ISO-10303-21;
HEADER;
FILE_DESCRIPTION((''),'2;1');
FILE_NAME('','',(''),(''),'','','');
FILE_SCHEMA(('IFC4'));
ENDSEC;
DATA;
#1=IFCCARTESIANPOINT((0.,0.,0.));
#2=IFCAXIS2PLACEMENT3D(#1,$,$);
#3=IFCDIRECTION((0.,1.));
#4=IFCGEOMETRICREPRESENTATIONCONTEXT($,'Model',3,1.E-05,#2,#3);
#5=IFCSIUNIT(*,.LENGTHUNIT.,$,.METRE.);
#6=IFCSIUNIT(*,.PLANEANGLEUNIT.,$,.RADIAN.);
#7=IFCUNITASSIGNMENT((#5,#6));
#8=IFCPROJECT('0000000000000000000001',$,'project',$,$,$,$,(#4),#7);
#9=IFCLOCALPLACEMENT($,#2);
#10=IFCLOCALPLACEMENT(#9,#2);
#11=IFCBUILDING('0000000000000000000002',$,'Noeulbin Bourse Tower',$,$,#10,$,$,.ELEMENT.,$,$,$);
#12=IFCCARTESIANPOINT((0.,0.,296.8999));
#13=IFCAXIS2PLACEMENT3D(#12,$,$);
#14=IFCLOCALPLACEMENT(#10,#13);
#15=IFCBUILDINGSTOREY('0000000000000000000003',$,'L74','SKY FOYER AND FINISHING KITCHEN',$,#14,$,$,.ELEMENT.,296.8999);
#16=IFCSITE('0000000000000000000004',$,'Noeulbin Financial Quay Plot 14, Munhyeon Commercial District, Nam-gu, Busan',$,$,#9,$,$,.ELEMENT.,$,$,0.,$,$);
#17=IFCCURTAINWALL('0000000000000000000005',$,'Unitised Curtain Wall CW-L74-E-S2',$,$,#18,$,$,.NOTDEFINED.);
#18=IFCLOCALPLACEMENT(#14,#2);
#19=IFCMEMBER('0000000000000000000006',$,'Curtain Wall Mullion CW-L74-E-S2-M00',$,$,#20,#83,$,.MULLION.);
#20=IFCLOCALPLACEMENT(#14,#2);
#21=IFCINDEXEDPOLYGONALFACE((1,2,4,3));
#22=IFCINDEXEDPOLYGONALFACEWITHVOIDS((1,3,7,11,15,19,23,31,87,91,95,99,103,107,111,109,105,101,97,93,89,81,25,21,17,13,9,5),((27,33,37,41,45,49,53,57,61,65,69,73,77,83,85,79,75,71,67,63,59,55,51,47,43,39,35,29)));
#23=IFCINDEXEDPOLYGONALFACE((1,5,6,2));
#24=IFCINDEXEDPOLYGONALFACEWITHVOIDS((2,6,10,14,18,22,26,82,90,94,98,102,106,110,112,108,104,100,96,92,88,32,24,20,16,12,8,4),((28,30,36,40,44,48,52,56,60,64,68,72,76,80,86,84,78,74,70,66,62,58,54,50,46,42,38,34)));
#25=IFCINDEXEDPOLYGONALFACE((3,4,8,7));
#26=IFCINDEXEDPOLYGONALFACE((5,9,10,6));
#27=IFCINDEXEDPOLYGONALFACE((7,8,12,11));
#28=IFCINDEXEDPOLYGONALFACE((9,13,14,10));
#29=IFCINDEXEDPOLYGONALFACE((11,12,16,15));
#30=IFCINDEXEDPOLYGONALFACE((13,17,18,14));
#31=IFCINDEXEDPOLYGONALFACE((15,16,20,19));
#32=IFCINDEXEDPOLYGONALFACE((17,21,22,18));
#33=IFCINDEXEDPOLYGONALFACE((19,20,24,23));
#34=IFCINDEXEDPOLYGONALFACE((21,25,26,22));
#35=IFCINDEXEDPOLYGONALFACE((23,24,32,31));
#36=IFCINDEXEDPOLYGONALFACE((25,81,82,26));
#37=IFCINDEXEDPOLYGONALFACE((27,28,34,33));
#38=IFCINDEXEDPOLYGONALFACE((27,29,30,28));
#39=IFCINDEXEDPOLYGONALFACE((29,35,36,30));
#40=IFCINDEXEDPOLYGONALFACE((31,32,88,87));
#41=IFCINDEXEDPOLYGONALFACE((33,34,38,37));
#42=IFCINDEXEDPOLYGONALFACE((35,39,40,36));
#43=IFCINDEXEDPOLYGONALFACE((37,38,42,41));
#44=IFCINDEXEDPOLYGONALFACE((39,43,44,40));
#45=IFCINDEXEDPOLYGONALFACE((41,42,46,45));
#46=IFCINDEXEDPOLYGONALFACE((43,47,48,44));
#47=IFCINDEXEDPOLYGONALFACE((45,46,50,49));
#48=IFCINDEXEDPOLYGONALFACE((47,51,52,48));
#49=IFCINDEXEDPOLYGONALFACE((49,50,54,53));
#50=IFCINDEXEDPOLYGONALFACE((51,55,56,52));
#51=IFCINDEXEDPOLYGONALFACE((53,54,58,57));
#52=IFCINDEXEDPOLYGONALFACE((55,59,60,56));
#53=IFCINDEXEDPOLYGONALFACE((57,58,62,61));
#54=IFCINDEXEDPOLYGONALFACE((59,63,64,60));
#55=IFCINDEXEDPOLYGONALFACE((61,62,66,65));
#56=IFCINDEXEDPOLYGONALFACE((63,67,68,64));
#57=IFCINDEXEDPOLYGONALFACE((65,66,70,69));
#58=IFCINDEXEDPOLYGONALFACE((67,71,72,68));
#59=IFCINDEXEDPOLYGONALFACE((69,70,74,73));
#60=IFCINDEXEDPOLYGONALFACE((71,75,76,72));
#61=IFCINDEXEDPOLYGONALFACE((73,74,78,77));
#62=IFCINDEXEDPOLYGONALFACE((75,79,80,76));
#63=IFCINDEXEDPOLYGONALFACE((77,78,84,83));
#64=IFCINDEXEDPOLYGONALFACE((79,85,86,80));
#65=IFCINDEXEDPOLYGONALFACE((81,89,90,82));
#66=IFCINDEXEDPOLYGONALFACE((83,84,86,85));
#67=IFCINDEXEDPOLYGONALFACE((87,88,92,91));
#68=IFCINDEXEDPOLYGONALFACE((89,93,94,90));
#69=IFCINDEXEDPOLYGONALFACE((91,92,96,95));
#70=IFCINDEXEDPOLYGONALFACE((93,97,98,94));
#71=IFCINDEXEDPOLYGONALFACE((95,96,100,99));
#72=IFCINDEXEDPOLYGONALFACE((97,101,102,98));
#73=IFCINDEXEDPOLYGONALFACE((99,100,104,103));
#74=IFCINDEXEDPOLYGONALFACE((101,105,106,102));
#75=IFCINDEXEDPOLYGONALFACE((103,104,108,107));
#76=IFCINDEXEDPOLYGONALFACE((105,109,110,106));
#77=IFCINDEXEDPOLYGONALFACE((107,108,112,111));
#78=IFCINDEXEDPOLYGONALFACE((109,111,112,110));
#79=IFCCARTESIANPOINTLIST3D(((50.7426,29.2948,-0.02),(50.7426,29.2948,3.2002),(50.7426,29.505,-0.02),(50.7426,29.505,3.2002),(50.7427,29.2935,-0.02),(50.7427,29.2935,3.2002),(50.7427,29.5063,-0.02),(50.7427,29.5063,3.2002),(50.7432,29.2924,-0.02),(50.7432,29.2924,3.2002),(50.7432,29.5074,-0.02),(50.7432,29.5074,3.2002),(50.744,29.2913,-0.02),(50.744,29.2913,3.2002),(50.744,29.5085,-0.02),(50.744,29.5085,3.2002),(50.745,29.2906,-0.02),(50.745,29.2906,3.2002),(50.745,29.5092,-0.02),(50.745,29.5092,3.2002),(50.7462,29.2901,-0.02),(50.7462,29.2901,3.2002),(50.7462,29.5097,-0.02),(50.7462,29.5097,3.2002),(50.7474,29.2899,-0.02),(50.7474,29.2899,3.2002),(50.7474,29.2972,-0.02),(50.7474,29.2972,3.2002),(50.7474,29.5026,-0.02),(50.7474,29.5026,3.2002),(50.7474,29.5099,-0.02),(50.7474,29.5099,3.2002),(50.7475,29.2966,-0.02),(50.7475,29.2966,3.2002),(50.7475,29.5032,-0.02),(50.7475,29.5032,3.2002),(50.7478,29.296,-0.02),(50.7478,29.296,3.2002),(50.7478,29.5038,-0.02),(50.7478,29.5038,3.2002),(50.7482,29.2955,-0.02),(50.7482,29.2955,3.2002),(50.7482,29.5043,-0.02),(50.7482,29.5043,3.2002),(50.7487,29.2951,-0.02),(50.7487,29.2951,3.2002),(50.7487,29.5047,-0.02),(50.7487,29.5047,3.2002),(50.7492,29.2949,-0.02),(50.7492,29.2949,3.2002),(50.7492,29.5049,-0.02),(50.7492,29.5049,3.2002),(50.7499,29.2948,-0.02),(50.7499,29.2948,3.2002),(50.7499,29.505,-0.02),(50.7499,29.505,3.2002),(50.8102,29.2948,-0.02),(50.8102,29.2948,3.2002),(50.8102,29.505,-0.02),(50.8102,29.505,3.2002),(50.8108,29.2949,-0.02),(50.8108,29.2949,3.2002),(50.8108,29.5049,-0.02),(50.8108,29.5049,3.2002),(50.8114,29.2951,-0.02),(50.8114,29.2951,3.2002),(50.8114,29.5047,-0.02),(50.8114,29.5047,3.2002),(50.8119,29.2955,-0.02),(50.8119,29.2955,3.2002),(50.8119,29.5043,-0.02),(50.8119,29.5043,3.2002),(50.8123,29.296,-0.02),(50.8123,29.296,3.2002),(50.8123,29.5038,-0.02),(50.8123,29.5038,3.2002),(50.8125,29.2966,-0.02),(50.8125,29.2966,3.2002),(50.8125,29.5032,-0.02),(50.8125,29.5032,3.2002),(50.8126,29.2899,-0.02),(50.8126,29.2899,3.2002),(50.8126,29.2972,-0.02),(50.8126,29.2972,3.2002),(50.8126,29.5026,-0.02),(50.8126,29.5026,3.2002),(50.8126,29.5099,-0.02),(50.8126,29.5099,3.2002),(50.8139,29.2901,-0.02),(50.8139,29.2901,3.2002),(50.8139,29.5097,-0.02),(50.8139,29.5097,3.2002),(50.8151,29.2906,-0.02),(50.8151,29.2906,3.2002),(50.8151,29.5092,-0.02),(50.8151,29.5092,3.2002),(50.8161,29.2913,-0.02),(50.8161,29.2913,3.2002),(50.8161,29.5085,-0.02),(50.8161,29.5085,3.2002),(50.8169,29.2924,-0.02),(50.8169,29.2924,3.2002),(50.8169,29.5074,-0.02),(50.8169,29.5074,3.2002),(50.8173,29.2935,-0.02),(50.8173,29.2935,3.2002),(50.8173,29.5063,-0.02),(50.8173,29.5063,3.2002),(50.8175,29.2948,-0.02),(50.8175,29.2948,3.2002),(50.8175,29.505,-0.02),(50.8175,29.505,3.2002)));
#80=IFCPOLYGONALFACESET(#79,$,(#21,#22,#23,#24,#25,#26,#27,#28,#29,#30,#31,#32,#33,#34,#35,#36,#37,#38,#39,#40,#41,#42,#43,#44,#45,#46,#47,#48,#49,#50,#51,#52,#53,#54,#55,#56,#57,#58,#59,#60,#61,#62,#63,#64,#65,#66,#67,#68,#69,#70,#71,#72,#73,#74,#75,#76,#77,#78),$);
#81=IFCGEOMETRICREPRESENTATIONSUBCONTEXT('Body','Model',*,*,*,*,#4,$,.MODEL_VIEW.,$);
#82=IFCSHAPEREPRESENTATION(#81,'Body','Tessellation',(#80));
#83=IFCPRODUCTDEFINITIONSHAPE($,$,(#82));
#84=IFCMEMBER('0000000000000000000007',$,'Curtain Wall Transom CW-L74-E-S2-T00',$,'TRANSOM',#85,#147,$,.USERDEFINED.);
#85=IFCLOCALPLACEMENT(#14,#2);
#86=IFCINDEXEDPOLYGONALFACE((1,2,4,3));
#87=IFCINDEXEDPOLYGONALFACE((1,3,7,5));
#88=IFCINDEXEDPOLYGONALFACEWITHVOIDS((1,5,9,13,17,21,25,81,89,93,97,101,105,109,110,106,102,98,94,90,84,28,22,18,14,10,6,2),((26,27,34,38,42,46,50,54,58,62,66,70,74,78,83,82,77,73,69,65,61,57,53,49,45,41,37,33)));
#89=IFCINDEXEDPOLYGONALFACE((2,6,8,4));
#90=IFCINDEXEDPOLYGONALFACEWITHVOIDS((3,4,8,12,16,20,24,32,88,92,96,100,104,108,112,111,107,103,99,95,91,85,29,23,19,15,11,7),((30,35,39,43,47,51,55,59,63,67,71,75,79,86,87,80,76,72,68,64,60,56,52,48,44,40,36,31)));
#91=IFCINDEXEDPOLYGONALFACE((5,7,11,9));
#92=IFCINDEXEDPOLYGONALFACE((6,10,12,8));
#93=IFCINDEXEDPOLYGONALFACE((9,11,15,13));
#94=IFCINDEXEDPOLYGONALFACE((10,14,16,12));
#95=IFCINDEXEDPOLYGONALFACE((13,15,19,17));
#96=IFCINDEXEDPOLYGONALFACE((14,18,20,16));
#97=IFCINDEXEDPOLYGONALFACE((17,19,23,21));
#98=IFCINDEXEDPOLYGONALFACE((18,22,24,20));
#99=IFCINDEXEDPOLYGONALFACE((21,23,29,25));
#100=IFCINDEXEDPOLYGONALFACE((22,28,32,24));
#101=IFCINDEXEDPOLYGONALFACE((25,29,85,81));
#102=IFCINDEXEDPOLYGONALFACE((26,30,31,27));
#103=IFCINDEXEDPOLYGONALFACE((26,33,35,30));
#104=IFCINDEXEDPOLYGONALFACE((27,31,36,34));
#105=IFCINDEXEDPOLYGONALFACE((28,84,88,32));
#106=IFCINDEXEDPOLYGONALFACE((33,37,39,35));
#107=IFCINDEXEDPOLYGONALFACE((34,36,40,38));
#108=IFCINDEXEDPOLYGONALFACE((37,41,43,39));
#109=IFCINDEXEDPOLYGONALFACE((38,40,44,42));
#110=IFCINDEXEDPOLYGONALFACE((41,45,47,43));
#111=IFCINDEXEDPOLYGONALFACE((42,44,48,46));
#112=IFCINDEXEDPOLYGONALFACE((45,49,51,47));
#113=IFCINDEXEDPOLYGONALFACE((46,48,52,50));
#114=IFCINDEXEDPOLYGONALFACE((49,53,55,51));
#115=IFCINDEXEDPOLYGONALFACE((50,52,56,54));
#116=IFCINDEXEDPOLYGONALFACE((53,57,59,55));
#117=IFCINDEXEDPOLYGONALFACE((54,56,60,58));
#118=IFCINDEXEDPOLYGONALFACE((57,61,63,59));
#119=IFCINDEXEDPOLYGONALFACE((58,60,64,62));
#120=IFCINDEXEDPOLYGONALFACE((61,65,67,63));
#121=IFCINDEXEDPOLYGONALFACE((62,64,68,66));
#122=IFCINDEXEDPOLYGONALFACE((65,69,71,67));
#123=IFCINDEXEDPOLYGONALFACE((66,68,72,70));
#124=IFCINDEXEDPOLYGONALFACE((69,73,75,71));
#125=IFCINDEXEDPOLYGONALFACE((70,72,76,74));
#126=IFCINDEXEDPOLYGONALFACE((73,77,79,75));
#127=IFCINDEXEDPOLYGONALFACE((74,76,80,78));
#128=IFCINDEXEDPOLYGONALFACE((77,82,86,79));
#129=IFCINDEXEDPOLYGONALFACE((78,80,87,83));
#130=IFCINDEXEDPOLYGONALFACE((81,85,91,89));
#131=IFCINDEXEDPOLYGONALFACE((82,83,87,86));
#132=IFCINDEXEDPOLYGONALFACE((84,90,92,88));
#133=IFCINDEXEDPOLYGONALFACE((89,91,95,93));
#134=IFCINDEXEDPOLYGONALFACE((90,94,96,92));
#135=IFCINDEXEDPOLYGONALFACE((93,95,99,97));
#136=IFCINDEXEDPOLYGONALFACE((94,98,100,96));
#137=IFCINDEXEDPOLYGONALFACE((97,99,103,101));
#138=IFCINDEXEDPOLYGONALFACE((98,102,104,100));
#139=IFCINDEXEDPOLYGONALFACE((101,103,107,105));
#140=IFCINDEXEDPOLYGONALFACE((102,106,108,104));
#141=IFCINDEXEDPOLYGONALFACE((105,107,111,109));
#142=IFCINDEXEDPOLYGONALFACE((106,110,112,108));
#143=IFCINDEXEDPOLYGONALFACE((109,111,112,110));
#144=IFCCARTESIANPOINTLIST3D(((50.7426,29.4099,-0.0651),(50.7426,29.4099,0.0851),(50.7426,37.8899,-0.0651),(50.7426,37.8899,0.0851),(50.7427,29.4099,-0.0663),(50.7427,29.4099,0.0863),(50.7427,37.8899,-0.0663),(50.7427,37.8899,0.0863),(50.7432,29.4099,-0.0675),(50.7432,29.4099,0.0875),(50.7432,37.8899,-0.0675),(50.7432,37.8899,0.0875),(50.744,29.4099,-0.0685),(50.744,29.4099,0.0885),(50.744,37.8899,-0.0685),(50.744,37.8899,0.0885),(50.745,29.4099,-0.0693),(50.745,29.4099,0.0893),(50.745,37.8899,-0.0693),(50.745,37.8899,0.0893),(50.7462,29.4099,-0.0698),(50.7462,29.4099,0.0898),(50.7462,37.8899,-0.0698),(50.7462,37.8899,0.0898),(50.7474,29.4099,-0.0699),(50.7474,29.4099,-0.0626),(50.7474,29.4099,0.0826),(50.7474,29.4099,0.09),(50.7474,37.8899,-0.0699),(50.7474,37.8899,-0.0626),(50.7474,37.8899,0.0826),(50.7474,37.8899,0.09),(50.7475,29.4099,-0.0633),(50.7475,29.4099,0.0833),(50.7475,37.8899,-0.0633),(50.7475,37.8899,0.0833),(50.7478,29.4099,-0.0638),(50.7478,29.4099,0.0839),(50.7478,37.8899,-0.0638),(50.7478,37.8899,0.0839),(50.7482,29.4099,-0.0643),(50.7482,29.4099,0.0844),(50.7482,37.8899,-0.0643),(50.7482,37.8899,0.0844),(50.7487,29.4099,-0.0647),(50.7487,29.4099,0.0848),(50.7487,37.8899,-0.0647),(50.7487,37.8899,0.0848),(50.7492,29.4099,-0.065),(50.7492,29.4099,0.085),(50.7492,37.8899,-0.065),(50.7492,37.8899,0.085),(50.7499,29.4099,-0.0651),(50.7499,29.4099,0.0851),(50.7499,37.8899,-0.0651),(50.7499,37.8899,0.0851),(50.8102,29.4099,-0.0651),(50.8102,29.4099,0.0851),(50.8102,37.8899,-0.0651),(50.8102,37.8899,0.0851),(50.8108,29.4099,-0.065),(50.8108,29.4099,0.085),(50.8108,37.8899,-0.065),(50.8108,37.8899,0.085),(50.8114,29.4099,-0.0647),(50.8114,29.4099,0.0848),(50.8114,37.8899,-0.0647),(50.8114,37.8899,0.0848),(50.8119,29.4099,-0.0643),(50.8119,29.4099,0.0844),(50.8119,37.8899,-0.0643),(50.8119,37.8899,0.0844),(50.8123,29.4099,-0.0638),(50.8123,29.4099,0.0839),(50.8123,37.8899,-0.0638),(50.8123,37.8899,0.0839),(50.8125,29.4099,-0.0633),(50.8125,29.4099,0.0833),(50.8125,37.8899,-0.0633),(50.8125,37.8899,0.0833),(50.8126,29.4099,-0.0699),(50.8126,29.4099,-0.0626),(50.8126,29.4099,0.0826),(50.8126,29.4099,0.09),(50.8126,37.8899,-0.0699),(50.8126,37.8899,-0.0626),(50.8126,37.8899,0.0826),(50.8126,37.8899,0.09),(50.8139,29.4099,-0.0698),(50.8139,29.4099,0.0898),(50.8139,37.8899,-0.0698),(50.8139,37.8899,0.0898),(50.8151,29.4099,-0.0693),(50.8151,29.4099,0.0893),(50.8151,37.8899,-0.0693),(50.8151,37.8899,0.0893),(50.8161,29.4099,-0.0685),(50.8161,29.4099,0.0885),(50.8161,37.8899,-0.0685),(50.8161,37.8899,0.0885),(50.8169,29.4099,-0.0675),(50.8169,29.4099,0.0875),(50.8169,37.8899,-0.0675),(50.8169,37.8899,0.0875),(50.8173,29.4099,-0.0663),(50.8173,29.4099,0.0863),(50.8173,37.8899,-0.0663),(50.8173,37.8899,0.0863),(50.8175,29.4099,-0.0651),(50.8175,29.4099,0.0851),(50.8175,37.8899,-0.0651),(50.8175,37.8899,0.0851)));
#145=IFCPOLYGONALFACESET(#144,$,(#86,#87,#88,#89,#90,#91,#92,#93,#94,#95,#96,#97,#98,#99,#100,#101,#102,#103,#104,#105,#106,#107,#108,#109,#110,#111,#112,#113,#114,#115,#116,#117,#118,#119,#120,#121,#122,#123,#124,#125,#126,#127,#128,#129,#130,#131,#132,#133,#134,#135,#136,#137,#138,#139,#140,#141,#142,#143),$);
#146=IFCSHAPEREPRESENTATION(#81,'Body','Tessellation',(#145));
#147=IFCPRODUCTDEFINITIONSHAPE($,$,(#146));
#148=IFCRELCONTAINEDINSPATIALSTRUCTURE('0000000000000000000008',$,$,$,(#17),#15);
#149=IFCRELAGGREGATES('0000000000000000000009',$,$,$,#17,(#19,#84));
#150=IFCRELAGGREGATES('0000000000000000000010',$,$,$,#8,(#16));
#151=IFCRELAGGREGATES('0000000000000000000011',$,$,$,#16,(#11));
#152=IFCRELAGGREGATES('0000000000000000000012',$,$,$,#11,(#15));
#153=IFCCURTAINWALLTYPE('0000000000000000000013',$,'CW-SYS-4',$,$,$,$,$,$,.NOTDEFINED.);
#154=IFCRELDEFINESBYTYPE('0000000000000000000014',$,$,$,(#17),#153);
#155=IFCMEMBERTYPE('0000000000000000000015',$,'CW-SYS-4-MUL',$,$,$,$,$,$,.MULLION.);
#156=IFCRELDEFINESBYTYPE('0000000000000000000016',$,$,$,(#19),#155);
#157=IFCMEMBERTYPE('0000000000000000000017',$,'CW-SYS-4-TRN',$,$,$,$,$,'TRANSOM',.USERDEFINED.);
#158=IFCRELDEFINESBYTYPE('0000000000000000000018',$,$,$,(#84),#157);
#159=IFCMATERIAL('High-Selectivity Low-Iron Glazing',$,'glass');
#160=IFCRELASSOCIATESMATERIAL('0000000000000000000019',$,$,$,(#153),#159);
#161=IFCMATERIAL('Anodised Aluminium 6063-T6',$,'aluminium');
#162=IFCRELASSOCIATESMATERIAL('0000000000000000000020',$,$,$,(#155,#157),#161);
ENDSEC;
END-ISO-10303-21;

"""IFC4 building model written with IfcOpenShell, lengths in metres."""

from ifc_helpers import new_model, si_unit, direction, frame, origin, origin_2d, place, context, subcontext, project, spatial, hollow_rectangle, extrude, material, material_profile, profile_set, type_object, element, aggregate, save


model = new_model("IFC4")

# Units and contexts
model_context = context("Model", 3, precision=1e-05, world=origin(), true_north=direction((0.0, 1.0)))
body_context = subcontext(model_context, "Body", "Model", "MODEL_VIEW")
ifc_project = project(units=[si_unit("LENGTHUNIT", "METRE"), si_unit("PLANEANGLEUNIT", "RADIAN")], contexts=[model_context])

# Site, building, storey
site_placement = place(None, origin())
site = spatial("IfcSite", under=ifc_project, at=site_placement, Name="Noeulbin Financial Quay Plot 14, Munhyeon Commercial District, Nam-gu, Busan", CompositionType="ELEMENT", RefElevation=0.0)
building_placement = place(site_placement, origin())
building = spatial("IfcBuilding", under=site, at=building_placement, Name="Noeulbin Bourse Tower", CompositionType="ELEMENT")
storey_placement = place(building_placement, frame((0.0, 0.0, 296.8999)))
storey = spatial("IfcBuildingStorey", under=building, at=storey_placement, Name="L74", Description="SKY FOYER AND FINISHING KITCHEN", CompositionType="ELEMENT", Elevation=296.8999)

# Curtain wall, members
ifc_material_1 = material(Name="High-Selectivity Low-Iron Glazing", Category="glass")
curtain_wall_type = type_object("IfcCurtainWallType", Name="CW-SYS-4", PredefinedType="NOTDEFINED", material=ifc_material_1)
ifc_material_2 = material(Name="Anodised Aluminium 6063-T6", Category="aluminium")
ifc_material_profile_1 = material_profile(ifc_material_2, hollow_rectangle(XDim=0.075, YDim=0.22, WallThickness=0.0049, InnerFilletRadius=0.0024, OuterFilletRadius=0.0049, at=origin_2d()), Name="ALU-MULL-75x220x5", Category="LoadBearing")
ifc_profile_set_1 = profile_set([ifc_material_profile_1], Name="Anodised Aluminium 6063-T6")
member_type_1 = type_object("IfcMemberType", Name="CW-SYS-4-MUL", PredefinedType="MULLION", material=ifc_profile_set_1)
curtain_wall_1_placement = place(storey_placement, origin())
curtain_wall_1 = element("IfcCurtainWall", 1, at=curtain_wall_1_placement, inside=storey, type_object=curtain_wall_type, Name="Unitised Curtain Wall CW-L74-E-S2", PredefinedType="NOTDEFINED")
member_1_placement = place(storey_placement, frame((50.78, 29.3999, -0.02), z_axis=(0.0, 0.0, 1.0), x_axis=(1.0, 0.0, 0.0)))
member_1 = element("IfcMember", 2, at=member_1_placement, type_object=member_type_1, Name="Curtain Wall Mullion CW-L74-E-S2-M00", PredefinedType="MULLION", context=body_context, shape_type="SweptSolid", body=[
    extrude(hollow_rectangle(XDim=0.075, YDim=0.22, WallThickness=0.0049, InnerFilletRadius=0.0024, OuterFilletRadius=0.0049, at=origin_2d()), origin(), (0.0, 0.0, 1.0), 3.2202),
])
ifc_material_profile_2 = material_profile(ifc_material_2, hollow_rectangle(XDim=0.075, YDim=0.1599, WallThickness=0.0049, InnerFilletRadius=0.0024, OuterFilletRadius=0.0049, at=origin_2d()), Name="ALU-TRAN-75x160x5", Category="LoadBearing")
ifc_profile_set_2 = profile_set([ifc_material_profile_2], Name="Anodised Aluminium 6063-T6")
member_type_2 = type_object("IfcMemberType", Name="CW-SYS-4-TRN", ElementType="TRANSOM", PredefinedType="USERDEFINED", material=ifc_profile_set_2)
member_2_placement = place(storey_placement, frame((50.78, 29.4099, 0.01), z_axis=(0.0, 1.0, 0.0), x_axis=(-1.0, 0.0, 0.0)))
member_2 = element("IfcMember", 3, at=member_2_placement, type_object=member_type_2, Name="Curtain Wall Transom CW-L74-E-S2-T00", ObjectType="TRANSOM", PredefinedType="USERDEFINED", context=body_context, shape_type="SweptSolid", body=[
    extrude(hollow_rectangle(XDim=0.075, YDim=0.1599, WallThickness=0.0049, InnerFilletRadius=0.0024, OuterFilletRadius=0.0049, at=origin_2d()), origin(), (0.0, 0.0, 1.0), 8.48),
])

aggregate(curtain_wall_1, [member_1, member_2])

save(model, "model.ifc")
